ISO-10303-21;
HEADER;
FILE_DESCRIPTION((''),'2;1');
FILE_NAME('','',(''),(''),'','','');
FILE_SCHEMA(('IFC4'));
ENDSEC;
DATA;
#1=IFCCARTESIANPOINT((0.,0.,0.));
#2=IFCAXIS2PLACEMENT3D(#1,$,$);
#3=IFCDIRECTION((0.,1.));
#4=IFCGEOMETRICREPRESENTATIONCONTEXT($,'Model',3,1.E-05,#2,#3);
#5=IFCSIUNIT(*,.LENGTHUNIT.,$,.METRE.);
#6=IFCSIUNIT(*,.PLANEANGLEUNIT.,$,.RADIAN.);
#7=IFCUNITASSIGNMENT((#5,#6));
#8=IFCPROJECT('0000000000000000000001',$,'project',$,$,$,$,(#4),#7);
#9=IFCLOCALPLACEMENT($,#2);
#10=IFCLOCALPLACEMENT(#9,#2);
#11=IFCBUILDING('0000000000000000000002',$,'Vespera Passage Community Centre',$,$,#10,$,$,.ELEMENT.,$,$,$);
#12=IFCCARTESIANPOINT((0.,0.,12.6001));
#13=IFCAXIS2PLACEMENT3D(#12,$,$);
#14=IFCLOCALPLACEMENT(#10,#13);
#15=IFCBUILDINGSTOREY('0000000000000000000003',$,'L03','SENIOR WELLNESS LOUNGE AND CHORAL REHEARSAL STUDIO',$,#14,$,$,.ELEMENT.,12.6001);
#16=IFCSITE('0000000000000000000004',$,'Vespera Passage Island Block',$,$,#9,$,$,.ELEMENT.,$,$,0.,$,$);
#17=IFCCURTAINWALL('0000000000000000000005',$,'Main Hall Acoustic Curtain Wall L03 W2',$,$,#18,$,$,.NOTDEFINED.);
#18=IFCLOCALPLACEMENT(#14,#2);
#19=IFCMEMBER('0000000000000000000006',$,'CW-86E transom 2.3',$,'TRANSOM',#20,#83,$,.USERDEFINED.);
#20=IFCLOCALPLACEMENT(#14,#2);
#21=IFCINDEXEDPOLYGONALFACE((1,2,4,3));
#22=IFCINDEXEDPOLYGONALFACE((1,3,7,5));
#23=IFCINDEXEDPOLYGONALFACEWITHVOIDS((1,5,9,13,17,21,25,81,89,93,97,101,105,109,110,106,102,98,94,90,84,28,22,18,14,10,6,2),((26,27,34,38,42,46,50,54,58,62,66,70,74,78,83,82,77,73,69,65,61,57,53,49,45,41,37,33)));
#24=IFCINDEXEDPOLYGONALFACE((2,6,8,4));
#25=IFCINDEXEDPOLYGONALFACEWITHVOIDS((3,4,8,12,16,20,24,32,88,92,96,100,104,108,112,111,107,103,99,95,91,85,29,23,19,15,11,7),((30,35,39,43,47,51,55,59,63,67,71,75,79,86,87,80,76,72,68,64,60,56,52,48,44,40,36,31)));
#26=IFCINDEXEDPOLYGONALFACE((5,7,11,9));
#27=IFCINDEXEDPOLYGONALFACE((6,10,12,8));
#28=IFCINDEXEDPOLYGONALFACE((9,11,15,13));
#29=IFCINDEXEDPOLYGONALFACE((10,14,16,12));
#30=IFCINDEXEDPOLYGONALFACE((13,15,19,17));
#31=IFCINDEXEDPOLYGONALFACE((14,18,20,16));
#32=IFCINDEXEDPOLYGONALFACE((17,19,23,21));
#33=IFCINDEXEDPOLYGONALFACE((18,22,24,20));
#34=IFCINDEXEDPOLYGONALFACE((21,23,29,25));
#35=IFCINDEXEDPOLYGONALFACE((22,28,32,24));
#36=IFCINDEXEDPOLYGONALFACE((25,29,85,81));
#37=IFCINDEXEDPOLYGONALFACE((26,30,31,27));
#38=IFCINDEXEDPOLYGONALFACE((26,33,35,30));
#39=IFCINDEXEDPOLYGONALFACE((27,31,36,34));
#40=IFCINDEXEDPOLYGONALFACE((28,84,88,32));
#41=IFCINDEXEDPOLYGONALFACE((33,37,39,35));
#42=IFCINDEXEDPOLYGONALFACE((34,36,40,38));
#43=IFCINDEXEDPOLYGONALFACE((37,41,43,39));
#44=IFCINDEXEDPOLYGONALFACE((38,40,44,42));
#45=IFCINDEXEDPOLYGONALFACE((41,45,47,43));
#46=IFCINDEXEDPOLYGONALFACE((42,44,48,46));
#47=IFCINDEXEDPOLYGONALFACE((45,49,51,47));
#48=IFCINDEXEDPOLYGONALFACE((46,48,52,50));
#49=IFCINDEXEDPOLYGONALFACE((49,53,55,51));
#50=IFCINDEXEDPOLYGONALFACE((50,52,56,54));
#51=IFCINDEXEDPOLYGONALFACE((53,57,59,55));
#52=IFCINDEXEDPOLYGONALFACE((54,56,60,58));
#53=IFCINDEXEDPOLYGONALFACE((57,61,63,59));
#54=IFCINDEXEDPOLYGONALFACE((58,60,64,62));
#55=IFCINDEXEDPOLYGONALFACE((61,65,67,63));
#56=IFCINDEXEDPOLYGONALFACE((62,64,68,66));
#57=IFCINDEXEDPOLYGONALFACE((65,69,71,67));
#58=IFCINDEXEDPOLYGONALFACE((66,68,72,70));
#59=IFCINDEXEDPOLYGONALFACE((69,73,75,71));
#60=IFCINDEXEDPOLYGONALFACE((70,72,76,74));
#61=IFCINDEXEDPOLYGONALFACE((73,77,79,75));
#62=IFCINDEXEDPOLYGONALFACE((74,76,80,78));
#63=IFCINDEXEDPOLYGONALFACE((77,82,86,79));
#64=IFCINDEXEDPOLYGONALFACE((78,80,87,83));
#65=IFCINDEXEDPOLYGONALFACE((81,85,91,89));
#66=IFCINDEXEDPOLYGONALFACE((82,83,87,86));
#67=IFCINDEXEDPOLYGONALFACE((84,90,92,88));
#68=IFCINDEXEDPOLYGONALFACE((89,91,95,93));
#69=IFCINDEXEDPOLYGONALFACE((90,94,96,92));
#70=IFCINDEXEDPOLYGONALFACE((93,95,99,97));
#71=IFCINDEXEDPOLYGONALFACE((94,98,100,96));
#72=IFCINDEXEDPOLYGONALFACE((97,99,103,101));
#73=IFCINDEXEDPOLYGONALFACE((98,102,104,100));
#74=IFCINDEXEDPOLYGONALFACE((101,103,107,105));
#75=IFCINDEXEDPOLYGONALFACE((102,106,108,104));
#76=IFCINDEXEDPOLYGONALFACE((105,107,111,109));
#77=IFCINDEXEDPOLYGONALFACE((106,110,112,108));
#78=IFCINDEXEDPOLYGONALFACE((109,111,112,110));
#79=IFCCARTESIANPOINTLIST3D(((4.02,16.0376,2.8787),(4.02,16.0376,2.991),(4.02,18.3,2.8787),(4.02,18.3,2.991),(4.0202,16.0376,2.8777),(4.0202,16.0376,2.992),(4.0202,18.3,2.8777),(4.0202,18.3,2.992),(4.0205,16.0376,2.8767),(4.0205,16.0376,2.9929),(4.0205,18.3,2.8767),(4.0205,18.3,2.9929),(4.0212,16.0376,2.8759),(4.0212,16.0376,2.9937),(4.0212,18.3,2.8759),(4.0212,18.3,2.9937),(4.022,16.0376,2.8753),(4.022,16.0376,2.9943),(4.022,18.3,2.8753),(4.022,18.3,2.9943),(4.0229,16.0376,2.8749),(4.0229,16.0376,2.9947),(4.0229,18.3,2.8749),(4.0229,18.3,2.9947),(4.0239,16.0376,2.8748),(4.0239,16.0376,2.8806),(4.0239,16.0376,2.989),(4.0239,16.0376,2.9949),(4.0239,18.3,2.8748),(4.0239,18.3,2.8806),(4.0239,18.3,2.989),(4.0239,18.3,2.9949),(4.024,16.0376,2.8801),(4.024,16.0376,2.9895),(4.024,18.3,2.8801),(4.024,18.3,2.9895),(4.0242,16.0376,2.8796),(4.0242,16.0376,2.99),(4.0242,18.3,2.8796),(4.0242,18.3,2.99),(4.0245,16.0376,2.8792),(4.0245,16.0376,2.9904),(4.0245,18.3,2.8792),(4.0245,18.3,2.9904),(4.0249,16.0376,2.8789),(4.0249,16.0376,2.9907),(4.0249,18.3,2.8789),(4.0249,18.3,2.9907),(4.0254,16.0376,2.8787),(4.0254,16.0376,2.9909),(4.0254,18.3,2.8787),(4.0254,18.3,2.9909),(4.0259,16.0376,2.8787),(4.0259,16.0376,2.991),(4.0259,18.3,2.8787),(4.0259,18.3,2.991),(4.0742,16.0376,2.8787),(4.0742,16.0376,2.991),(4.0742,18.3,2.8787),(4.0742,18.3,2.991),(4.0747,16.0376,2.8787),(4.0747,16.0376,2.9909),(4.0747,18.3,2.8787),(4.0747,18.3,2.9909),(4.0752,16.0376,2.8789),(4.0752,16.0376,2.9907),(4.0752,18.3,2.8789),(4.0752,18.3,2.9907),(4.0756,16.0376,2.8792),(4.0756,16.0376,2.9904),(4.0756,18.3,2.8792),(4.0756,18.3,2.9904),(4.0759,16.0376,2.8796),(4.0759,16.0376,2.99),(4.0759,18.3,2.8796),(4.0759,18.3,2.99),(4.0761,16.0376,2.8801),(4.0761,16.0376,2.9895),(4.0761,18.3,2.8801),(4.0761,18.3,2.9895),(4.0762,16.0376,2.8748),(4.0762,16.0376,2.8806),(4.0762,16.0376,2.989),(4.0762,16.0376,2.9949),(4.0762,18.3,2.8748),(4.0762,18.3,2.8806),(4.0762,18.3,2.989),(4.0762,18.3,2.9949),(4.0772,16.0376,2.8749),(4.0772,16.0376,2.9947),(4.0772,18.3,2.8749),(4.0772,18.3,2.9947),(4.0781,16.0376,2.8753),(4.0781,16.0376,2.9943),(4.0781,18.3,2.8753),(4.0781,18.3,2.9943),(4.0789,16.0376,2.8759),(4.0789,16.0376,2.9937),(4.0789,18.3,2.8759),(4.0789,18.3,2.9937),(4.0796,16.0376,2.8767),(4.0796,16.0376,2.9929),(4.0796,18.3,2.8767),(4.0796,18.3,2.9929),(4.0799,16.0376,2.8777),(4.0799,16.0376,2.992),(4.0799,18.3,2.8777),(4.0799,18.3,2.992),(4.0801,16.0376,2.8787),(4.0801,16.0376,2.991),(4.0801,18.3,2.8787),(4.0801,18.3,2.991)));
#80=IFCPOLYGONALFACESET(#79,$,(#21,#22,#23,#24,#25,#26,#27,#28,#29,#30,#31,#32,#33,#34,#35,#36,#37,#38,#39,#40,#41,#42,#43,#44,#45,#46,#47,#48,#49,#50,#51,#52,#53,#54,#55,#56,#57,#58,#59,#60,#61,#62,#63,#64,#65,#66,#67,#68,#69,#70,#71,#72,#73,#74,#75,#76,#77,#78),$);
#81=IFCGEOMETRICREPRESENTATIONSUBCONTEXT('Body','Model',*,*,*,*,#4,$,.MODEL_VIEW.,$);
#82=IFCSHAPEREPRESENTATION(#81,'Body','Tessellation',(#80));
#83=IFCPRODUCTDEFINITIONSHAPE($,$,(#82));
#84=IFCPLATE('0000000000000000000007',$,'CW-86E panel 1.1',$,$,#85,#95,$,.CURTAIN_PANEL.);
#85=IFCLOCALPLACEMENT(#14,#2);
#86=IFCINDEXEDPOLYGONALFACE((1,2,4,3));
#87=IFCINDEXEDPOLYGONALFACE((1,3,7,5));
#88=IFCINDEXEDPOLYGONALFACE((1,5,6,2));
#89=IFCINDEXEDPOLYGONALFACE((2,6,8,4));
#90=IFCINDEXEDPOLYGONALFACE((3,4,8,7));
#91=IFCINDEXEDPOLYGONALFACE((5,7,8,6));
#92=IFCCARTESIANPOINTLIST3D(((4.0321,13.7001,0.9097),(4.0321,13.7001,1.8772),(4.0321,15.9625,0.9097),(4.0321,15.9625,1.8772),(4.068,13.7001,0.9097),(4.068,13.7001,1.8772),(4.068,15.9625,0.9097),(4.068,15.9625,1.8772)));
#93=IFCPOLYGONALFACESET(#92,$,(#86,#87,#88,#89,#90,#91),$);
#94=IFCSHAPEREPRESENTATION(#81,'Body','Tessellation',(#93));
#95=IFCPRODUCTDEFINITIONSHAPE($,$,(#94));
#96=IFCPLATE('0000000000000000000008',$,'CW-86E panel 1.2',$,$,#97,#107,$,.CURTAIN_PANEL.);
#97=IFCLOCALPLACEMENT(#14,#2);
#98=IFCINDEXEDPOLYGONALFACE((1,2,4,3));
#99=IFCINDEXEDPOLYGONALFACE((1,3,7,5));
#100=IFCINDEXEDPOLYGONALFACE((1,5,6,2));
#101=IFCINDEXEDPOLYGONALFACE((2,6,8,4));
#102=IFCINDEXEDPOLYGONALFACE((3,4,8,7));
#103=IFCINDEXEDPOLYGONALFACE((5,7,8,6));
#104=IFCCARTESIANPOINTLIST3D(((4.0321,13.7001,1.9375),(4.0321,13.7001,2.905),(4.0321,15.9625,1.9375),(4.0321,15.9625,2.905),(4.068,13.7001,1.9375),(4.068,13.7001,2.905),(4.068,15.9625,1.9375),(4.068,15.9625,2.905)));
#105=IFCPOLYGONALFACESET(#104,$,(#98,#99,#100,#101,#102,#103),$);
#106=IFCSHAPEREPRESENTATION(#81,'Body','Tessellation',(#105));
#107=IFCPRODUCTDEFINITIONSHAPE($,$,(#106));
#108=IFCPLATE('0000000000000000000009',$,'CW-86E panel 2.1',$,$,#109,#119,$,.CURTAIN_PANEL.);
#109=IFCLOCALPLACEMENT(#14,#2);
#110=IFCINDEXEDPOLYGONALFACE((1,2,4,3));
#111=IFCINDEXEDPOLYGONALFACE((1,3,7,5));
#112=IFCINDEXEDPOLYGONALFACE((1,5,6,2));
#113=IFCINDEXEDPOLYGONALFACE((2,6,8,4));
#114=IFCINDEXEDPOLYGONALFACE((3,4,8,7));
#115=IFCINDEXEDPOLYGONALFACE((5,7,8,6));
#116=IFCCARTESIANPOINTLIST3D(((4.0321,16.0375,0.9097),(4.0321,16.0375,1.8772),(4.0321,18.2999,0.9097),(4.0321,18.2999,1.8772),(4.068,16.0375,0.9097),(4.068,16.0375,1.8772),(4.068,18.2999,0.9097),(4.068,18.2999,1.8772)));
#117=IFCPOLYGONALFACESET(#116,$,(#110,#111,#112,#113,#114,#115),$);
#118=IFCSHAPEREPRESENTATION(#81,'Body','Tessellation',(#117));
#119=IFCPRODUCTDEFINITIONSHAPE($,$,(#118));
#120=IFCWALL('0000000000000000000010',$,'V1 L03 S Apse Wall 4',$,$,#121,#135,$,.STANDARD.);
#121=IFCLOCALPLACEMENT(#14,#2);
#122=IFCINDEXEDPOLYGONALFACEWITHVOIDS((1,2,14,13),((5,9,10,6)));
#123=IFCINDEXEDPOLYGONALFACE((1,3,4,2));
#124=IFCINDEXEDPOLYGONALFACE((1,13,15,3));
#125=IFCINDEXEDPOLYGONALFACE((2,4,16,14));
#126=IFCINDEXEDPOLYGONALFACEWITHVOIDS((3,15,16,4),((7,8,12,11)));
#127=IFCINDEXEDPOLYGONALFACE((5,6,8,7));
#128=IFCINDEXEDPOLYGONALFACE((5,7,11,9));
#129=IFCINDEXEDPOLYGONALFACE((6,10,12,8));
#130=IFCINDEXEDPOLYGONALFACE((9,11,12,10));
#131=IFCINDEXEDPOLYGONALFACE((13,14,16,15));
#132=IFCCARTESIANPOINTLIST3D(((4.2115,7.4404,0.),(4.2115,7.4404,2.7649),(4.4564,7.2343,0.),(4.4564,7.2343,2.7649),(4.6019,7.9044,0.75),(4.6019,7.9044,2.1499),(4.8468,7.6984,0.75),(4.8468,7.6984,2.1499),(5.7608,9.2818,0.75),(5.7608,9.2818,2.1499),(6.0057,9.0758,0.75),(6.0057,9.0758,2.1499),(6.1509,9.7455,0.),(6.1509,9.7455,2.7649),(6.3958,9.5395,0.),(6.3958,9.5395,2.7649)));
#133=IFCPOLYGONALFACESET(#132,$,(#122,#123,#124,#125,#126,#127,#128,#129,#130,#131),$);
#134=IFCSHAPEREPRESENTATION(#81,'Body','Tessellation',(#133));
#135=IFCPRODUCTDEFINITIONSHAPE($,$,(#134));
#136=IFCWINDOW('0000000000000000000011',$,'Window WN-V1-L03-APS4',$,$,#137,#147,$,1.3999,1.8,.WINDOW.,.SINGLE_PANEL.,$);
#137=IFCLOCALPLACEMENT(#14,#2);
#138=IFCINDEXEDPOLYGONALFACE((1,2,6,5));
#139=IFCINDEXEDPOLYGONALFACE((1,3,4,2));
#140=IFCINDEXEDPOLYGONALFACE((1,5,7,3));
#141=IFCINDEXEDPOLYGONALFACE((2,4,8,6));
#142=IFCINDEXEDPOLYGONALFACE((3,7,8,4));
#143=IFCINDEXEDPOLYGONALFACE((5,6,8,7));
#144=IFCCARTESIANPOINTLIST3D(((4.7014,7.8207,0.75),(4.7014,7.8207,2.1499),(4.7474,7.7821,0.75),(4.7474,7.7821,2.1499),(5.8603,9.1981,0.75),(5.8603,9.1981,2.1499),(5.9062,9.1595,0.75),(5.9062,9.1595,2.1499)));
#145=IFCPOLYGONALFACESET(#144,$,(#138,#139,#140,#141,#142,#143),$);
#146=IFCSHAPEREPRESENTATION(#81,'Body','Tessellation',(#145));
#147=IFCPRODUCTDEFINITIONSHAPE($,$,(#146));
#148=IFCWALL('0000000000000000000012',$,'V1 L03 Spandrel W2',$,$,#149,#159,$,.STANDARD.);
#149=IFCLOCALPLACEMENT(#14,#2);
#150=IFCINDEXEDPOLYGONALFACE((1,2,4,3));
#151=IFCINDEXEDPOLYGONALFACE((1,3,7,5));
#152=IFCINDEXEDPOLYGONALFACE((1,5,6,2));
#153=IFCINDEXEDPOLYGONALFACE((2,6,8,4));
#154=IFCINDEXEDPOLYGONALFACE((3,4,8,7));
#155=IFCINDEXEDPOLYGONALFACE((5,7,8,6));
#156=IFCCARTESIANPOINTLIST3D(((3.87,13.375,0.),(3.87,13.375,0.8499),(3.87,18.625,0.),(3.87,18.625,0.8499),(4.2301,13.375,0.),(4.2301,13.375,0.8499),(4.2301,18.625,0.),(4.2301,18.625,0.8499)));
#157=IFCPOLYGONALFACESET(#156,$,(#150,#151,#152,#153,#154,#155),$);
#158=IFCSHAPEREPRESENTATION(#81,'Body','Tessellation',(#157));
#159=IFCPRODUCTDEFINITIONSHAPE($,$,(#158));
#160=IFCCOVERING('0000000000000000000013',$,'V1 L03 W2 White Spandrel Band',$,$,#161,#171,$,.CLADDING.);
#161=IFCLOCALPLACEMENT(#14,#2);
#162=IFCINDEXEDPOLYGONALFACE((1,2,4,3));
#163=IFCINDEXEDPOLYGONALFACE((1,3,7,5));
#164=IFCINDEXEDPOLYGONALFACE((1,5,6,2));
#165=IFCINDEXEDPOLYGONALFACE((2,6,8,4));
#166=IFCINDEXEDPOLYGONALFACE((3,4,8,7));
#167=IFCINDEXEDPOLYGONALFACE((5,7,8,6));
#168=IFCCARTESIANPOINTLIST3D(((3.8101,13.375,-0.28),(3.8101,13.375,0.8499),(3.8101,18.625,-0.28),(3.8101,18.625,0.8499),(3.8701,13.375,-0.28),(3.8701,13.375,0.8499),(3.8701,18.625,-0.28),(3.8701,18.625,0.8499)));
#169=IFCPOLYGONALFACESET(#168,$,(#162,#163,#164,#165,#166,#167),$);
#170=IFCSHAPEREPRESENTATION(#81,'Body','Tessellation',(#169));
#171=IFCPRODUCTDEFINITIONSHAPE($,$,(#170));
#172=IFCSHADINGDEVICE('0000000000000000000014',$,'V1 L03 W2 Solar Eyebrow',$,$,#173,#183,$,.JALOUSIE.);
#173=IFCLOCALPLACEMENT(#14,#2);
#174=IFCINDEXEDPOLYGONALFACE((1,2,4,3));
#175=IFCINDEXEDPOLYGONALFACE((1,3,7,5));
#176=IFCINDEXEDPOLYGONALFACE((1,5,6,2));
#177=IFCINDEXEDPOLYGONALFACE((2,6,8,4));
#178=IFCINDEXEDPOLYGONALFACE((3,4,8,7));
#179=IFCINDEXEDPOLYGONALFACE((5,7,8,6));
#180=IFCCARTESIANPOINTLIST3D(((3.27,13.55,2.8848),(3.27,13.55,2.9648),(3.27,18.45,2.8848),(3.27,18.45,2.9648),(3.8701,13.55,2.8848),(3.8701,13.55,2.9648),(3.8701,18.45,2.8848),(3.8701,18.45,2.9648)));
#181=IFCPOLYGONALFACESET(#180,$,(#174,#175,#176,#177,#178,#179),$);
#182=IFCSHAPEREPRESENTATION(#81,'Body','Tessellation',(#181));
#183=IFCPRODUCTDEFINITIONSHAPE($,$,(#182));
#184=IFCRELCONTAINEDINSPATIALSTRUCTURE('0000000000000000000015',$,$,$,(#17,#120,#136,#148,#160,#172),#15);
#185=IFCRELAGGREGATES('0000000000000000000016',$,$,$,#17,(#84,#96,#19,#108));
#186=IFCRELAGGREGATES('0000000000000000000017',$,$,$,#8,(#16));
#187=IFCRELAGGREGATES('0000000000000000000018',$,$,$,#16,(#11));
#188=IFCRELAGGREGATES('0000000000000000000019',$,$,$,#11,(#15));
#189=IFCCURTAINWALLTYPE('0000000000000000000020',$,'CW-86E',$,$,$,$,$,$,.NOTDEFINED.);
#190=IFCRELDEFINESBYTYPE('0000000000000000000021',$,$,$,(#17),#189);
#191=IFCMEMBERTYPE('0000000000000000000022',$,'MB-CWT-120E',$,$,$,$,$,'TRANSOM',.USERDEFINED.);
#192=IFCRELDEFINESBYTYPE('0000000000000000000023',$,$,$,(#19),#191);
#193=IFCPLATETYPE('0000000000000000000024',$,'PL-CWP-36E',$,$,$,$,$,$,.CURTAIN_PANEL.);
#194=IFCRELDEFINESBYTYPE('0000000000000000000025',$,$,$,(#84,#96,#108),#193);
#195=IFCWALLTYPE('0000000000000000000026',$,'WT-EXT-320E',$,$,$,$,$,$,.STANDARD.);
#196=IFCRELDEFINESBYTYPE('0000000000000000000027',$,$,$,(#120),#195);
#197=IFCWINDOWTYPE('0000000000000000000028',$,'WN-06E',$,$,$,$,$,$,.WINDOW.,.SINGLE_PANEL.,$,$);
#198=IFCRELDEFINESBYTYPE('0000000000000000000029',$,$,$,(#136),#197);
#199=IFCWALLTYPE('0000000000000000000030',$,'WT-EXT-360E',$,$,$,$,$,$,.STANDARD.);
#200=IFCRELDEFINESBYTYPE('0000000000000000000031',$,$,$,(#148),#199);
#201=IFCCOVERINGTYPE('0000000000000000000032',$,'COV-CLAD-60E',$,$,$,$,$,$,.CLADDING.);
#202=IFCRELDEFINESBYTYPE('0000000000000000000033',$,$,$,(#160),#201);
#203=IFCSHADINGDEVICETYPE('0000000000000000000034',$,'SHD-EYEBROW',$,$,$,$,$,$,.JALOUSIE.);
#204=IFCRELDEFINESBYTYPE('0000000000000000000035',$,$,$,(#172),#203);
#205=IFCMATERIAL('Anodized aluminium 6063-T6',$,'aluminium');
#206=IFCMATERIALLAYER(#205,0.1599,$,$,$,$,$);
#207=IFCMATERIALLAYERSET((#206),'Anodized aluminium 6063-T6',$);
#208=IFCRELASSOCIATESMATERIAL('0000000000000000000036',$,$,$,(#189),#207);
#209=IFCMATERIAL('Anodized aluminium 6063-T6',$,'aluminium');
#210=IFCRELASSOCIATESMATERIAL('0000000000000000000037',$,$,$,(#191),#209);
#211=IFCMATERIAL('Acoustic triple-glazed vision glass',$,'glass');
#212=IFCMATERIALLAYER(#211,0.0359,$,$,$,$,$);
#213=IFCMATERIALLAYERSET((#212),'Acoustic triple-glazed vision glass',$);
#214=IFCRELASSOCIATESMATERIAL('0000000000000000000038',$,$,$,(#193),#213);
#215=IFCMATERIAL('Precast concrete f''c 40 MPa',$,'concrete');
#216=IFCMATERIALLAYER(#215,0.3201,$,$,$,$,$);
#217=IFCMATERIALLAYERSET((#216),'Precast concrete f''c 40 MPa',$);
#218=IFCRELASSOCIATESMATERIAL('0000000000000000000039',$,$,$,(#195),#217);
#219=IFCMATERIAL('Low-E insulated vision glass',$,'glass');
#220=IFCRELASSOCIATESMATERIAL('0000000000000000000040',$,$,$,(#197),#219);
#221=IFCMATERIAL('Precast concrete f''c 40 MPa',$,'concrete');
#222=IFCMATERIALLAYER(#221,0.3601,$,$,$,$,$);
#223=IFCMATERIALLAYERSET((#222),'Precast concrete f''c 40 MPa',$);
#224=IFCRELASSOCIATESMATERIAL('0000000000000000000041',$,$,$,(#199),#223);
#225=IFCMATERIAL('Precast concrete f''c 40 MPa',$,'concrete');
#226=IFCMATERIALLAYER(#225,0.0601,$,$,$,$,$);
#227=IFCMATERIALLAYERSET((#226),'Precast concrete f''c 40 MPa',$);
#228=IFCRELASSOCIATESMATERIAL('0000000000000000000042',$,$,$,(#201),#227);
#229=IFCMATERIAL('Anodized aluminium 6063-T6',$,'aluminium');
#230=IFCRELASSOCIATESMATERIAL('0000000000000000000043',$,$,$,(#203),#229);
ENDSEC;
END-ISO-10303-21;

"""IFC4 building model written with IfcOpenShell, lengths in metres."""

from ifc_helpers import new_model, si_unit, direction, frame, frame_2d, origin, origin_2d, place, context, subcontext, project, spatial, rectangle, hollow_rectangle, extrude, material, layer, layer_set, material_profile, profile_set, type_object, element, fill, aggregate, save


model = new_model("IFC4")

# Units and contexts
model_context = context("Model", 3, precision=1e-05, world=origin(), true_north=direction((0.0, 1.0)))
body_context = subcontext(model_context, "Body", "Model", "MODEL_VIEW")
ifc_project = project(units=[si_unit("LENGTHUNIT", "METRE"), si_unit("PLANEANGLEUNIT", "RADIAN")], contexts=[model_context])

# Site, building, storey
site_placement = place(None, origin())
site = spatial("IfcSite", under=ifc_project, at=site_placement, Name="Vespera Passage Island Block", CompositionType="ELEMENT", RefElevation=0.0)
building_placement = place(site_placement, origin())
building = spatial("IfcBuilding", under=site, at=building_placement, Name="Vespera Passage Community Centre", CompositionType="ELEMENT")
storey_placement = place(building_placement, frame((0.0, 0.0, 12.6001)))
storey = spatial("IfcBuildingStorey", under=building, at=storey_placement, Name="L03", Description="SENIOR WELLNESS LOUNGE AND CHORAL REHEARSAL STUDIO", CompositionType="ELEMENT", Elevation=12.6001)

# Curtain wall, member, plates
ifc_material_1 = material(Name="Anodized aluminium 6063-T6", Category="aluminium")
ifc_layer_1 = layer(ifc_material_1, 0.1599)
ifc_layer_set_1 = layer_set([ifc_layer_1], Name="Anodized aluminium 6063-T6")
curtain_wall_type_1 = type_object("IfcCurtainWallType", Name="CW-86E", PredefinedType="NOTDEFINED", material=ifc_layer_set_1)
curtain_wall_1_placement = place(storey_placement, origin())
curtain_wall_1 = element("IfcCurtainWall", 1, at=curtain_wall_1_placement, inside=storey, type_object=curtain_wall_type_1, Name="Main Hall Acoustic Curtain Wall L03 W2", PredefinedType="NOTDEFINED")
ifc_material_2 = material(Name="Anodized aluminium 6063-T6", Category="aluminium")
ifc_material_profile_1 = material_profile(ifc_material_2, hollow_rectangle(XDim=0.0601, YDim=0.1201, WallThickness=0.0039, InnerFilletRadius=0.002, OuterFilletRadius=0.0039, at=origin_2d()), Name="ALU120X60X4")
ifc_profile_set_1 = profile_set([ifc_material_profile_1], Name="Anodized aluminium 6063-T6")
member_type_1 = type_object("IfcMemberType", Name="MB-CWT-120E", ElementType="TRANSOM", PredefinedType="USERDEFINED", material=ifc_profile_set_1)
member_1_placement = place(storey_placement, frame((4.05, 16.0376, 2.9348), z_axis=(0.0, 1.0, 0.0), x_axis=(-1.0, 0.0, 0.0)))
member_1 = element("IfcMember", 2, at=member_1_placement, type_object=member_type_1, Name="CW-86E transom 2.3", ObjectType="TRANSOM", PredefinedType="USERDEFINED", context=body_context, shape_type="SweptSolid", body=[
    extrude(hollow_rectangle(XDim=0.0601, YDim=0.1201, WallThickness=0.0039, InnerFilletRadius=0.002, OuterFilletRadius=0.0039, at=origin_2d()), origin(), (0.0, 0.0, 1.0), 2.2625),
])
ifc_material_3 = material(Name="Acoustic triple-glazed vision glass", Category="glass")
ifc_layer_2 = layer(ifc_material_3, 0.0359)
ifc_layer_set_2 = layer_set([ifc_layer_2], Name="Acoustic triple-glazed vision glass")
plate_type = type_object("IfcPlateType", Name="PL-CWP-36E", PredefinedType="CURTAIN_PANEL", material=ifc_layer_set_2)
plate_1_placement = place(storey_placement, frame((4.05, 14.8313, 0.9097), z_axis=(0.0, 0.0, 1.0), x_axis=(0.0, 1.0, 0.0)))
plate_1 = element("IfcPlate", 3, at=plate_1_placement, type_object=plate_type, Name="CW-86E panel 1.1", PredefinedType="CURTAIN_PANEL", context=body_context, shape_type="SweptSolid", body=[
    extrude(rectangle(XDim=2.2625, YDim=0.0359, at=origin_2d()), origin(), (0.0, 0.0, 1.0), 0.9675),
])
plate_2_placement = place(storey_placement, frame((4.05, 14.8313, 1.9375), z_axis=(0.0, 0.0, 1.0), x_axis=(0.0, 1.0, 0.0)))
plate_2 = element("IfcPlate", 4, at=plate_2_placement, type_object=plate_type, Name="CW-86E panel 1.2", PredefinedType="CURTAIN_PANEL", context=body_context, shape_type="SweptSolid", body=[
    extrude(rectangle(XDim=2.2625, YDim=0.0359, at=origin_2d()), origin(), (0.0, 0.0, 1.0), 0.9675),
])
plate_3_placement = place(storey_placement, frame((4.05, 17.1687, 0.9097), z_axis=(0.0, 0.0, 1.0), x_axis=(0.0, 1.0, 0.0)))
plate_3 = element("IfcPlate", 5, at=plate_3_placement, type_object=plate_type, Name="CW-86E panel 2.1", PredefinedType="CURTAIN_PANEL", context=body_context, shape_type="SweptSolid", body=[
    extrude(rectangle(XDim=2.2625, YDim=0.0359, at=origin_2d()), origin(), (0.0, 0.0, 1.0), 0.9675),
])
aggregate(curtain_wall_1, [plate_1, plate_2, member_1, plate_3])

# Wall, opening, window
ifc_material_4 = material(Name="Precast concrete f'c 40 MPa", Category="concrete")
ifc_layer_3 = layer(ifc_material_4, 0.3201)
ifc_layer_set_3 = layer_set([ifc_layer_3], Name="Precast concrete f'c 40 MPa")
wall_type_1 = type_object("IfcWallType", Name="WT-EXT-320E", PredefinedType="STANDARD", material=ifc_layer_set_3)
wall_1_placement = place(storey_placement, frame((6.2734, 9.6426, 0.0), z_axis=(0.0, 0.0, 1.0), x_axis=(-0.643796, -0.765197, 0.0)))
wall_1 = element("IfcWall", 6, at=wall_1_placement, inside=storey, type_object=wall_type_1, Name="V1 L03 S Apse Wall 4", PredefinedType="STANDARD", context=body_context, shape_type="SweptSolid", body=[
    extrude(rectangle(XDim=3.0125, YDim=0.3201, at=frame_2d((1.5063, 0.0))), origin(), (0.0, 0.0, 1.0), 2.7649),
])
opening_placement = place(wall_1_placement, frame((0.6062, 0.0, 0.75)))
opening = element("IfcOpeningElement", 7, at=opening_placement, cuts=wall_1, PredefinedType="OPENING", context=body_context, shape_type="SweptSolid", body=[
    extrude(rectangle(XDim=1.8, YDim=1.3999, at=frame_2d((0.8999, 0.7))), frame((0.0, 0.1702, 0.0), z_axis=(0.0, -1.0, 0.0), x_axis=(1.0, 0.0, 0.0)), (0.0, 0.0, 1.0), 0.3401),
])
ifc_material_5 = material(Name="Low-E insulated vision glass", Category="glass")
window_type = type_object("IfcWindowType", Name="WN-06E", PartitioningType="SINGLE_PANEL", PredefinedType="WINDOW", material=ifc_material_5)
window_placement = place(opening_placement, origin())
window = element("IfcWindow", 8, at=window_placement, inside=storey, type_object=window_type, Name="Window WN-V1-L03-APS4", OverallHeight=1.3999, OverallWidth=1.8, PartitioningType="SINGLE_PANEL", PredefinedType="WINDOW", context=body_context, shape_type="SweptSolid", body=[
    extrude(rectangle(XDim=1.8, YDim=1.3999, at=frame_2d((0.8999, 0.7))), frame((0.0, 0.03, 0.0), z_axis=(0.0, -1.0, 0.0), x_axis=(1.0, 0.0, 0.0)), (0.0, 0.0, 1.0), 0.0601),
])
fill(opening, window)

# Wall
ifc_material_6 = material(Name="Precast concrete f'c 40 MPa", Category="concrete")
ifc_layer_4 = layer(ifc_material_6, 0.3601)
ifc_layer_set_4 = layer_set([ifc_layer_4], Name="Precast concrete f'c 40 MPa")
wall_type_2 = type_object("IfcWallType", Name="WT-EXT-360E", PredefinedType="STANDARD", material=ifc_layer_set_4)
wall_2_placement = place(storey_placement, frame((4.05, 13.375, 0.0), z_axis=(0.0, 0.0, 1.0), x_axis=(0.0, 1.0, 0.0)))
element("IfcWall", 9, at=wall_2_placement, inside=storey, type_object=wall_type_2, Name="V1 L03 Spandrel W2", PredefinedType="STANDARD", context=body_context, shape_type="SweptSolid", body=[
    extrude(rectangle(XDim=5.25, YDim=0.3601, at=frame_2d((2.625, 0.0))), origin(), (0.0, 0.0, 1.0), 0.8499),
])

# Covering
ifc_material_7 = material(Name="Precast concrete f'c 40 MPa", Category="concrete")
ifc_layer_5 = layer(ifc_material_7, 0.0601)
ifc_layer_set_5 = layer_set([ifc_layer_5], Name="Precast concrete f'c 40 MPa")
covering_type = type_object("IfcCoveringType", Name="COV-CLAD-60E", PredefinedType="CLADDING", material=ifc_layer_set_5)
covering_placement = place(storey_placement, frame((3.8401, 13.375, -0.28), z_axis=(0.0, 0.0, 1.0), x_axis=(0.0, 1.0, 0.0)))
element("IfcCovering", 10, at=covering_placement, inside=storey, type_object=covering_type, Name="V1 L03 W2 White Spandrel Band", PredefinedType="CLADDING", context=body_context, shape_type="SweptSolid", body=[
    extrude(rectangle(XDim=5.25, YDim=0.0601, at=frame_2d((2.625, 0.0))), origin(), (0.0, 0.0, 1.0), 1.1299),
])

# Shading device
ifc_material_8 = material(Name="Anodized aluminium 6063-T6", Category="aluminium")
shading_device_type = type_object("IfcShadingDeviceType", Name="SHD-EYEBROW", PredefinedType="JALOUSIE", material=ifc_material_8)
shading_device_placement = place(storey_placement, frame((3.5701, 16.0, 2.8848), z_axis=(0.0, 0.0, 1.0), x_axis=(0.0, 1.0, 0.0)))
element("IfcShadingDevice", 11, at=shading_device_placement, inside=storey, type_object=shading_device_type, Name="V1 L03 W2 Solar Eyebrow", PredefinedType="JALOUSIE", context=body_context, shape_type="SweptSolid", body=[
    extrude(rectangle(XDim=4.8999, YDim=0.6001, at=origin_2d()), origin(), (0.0, 0.0, 1.0), 0.0801),
])

save(model, "model.ifc")
